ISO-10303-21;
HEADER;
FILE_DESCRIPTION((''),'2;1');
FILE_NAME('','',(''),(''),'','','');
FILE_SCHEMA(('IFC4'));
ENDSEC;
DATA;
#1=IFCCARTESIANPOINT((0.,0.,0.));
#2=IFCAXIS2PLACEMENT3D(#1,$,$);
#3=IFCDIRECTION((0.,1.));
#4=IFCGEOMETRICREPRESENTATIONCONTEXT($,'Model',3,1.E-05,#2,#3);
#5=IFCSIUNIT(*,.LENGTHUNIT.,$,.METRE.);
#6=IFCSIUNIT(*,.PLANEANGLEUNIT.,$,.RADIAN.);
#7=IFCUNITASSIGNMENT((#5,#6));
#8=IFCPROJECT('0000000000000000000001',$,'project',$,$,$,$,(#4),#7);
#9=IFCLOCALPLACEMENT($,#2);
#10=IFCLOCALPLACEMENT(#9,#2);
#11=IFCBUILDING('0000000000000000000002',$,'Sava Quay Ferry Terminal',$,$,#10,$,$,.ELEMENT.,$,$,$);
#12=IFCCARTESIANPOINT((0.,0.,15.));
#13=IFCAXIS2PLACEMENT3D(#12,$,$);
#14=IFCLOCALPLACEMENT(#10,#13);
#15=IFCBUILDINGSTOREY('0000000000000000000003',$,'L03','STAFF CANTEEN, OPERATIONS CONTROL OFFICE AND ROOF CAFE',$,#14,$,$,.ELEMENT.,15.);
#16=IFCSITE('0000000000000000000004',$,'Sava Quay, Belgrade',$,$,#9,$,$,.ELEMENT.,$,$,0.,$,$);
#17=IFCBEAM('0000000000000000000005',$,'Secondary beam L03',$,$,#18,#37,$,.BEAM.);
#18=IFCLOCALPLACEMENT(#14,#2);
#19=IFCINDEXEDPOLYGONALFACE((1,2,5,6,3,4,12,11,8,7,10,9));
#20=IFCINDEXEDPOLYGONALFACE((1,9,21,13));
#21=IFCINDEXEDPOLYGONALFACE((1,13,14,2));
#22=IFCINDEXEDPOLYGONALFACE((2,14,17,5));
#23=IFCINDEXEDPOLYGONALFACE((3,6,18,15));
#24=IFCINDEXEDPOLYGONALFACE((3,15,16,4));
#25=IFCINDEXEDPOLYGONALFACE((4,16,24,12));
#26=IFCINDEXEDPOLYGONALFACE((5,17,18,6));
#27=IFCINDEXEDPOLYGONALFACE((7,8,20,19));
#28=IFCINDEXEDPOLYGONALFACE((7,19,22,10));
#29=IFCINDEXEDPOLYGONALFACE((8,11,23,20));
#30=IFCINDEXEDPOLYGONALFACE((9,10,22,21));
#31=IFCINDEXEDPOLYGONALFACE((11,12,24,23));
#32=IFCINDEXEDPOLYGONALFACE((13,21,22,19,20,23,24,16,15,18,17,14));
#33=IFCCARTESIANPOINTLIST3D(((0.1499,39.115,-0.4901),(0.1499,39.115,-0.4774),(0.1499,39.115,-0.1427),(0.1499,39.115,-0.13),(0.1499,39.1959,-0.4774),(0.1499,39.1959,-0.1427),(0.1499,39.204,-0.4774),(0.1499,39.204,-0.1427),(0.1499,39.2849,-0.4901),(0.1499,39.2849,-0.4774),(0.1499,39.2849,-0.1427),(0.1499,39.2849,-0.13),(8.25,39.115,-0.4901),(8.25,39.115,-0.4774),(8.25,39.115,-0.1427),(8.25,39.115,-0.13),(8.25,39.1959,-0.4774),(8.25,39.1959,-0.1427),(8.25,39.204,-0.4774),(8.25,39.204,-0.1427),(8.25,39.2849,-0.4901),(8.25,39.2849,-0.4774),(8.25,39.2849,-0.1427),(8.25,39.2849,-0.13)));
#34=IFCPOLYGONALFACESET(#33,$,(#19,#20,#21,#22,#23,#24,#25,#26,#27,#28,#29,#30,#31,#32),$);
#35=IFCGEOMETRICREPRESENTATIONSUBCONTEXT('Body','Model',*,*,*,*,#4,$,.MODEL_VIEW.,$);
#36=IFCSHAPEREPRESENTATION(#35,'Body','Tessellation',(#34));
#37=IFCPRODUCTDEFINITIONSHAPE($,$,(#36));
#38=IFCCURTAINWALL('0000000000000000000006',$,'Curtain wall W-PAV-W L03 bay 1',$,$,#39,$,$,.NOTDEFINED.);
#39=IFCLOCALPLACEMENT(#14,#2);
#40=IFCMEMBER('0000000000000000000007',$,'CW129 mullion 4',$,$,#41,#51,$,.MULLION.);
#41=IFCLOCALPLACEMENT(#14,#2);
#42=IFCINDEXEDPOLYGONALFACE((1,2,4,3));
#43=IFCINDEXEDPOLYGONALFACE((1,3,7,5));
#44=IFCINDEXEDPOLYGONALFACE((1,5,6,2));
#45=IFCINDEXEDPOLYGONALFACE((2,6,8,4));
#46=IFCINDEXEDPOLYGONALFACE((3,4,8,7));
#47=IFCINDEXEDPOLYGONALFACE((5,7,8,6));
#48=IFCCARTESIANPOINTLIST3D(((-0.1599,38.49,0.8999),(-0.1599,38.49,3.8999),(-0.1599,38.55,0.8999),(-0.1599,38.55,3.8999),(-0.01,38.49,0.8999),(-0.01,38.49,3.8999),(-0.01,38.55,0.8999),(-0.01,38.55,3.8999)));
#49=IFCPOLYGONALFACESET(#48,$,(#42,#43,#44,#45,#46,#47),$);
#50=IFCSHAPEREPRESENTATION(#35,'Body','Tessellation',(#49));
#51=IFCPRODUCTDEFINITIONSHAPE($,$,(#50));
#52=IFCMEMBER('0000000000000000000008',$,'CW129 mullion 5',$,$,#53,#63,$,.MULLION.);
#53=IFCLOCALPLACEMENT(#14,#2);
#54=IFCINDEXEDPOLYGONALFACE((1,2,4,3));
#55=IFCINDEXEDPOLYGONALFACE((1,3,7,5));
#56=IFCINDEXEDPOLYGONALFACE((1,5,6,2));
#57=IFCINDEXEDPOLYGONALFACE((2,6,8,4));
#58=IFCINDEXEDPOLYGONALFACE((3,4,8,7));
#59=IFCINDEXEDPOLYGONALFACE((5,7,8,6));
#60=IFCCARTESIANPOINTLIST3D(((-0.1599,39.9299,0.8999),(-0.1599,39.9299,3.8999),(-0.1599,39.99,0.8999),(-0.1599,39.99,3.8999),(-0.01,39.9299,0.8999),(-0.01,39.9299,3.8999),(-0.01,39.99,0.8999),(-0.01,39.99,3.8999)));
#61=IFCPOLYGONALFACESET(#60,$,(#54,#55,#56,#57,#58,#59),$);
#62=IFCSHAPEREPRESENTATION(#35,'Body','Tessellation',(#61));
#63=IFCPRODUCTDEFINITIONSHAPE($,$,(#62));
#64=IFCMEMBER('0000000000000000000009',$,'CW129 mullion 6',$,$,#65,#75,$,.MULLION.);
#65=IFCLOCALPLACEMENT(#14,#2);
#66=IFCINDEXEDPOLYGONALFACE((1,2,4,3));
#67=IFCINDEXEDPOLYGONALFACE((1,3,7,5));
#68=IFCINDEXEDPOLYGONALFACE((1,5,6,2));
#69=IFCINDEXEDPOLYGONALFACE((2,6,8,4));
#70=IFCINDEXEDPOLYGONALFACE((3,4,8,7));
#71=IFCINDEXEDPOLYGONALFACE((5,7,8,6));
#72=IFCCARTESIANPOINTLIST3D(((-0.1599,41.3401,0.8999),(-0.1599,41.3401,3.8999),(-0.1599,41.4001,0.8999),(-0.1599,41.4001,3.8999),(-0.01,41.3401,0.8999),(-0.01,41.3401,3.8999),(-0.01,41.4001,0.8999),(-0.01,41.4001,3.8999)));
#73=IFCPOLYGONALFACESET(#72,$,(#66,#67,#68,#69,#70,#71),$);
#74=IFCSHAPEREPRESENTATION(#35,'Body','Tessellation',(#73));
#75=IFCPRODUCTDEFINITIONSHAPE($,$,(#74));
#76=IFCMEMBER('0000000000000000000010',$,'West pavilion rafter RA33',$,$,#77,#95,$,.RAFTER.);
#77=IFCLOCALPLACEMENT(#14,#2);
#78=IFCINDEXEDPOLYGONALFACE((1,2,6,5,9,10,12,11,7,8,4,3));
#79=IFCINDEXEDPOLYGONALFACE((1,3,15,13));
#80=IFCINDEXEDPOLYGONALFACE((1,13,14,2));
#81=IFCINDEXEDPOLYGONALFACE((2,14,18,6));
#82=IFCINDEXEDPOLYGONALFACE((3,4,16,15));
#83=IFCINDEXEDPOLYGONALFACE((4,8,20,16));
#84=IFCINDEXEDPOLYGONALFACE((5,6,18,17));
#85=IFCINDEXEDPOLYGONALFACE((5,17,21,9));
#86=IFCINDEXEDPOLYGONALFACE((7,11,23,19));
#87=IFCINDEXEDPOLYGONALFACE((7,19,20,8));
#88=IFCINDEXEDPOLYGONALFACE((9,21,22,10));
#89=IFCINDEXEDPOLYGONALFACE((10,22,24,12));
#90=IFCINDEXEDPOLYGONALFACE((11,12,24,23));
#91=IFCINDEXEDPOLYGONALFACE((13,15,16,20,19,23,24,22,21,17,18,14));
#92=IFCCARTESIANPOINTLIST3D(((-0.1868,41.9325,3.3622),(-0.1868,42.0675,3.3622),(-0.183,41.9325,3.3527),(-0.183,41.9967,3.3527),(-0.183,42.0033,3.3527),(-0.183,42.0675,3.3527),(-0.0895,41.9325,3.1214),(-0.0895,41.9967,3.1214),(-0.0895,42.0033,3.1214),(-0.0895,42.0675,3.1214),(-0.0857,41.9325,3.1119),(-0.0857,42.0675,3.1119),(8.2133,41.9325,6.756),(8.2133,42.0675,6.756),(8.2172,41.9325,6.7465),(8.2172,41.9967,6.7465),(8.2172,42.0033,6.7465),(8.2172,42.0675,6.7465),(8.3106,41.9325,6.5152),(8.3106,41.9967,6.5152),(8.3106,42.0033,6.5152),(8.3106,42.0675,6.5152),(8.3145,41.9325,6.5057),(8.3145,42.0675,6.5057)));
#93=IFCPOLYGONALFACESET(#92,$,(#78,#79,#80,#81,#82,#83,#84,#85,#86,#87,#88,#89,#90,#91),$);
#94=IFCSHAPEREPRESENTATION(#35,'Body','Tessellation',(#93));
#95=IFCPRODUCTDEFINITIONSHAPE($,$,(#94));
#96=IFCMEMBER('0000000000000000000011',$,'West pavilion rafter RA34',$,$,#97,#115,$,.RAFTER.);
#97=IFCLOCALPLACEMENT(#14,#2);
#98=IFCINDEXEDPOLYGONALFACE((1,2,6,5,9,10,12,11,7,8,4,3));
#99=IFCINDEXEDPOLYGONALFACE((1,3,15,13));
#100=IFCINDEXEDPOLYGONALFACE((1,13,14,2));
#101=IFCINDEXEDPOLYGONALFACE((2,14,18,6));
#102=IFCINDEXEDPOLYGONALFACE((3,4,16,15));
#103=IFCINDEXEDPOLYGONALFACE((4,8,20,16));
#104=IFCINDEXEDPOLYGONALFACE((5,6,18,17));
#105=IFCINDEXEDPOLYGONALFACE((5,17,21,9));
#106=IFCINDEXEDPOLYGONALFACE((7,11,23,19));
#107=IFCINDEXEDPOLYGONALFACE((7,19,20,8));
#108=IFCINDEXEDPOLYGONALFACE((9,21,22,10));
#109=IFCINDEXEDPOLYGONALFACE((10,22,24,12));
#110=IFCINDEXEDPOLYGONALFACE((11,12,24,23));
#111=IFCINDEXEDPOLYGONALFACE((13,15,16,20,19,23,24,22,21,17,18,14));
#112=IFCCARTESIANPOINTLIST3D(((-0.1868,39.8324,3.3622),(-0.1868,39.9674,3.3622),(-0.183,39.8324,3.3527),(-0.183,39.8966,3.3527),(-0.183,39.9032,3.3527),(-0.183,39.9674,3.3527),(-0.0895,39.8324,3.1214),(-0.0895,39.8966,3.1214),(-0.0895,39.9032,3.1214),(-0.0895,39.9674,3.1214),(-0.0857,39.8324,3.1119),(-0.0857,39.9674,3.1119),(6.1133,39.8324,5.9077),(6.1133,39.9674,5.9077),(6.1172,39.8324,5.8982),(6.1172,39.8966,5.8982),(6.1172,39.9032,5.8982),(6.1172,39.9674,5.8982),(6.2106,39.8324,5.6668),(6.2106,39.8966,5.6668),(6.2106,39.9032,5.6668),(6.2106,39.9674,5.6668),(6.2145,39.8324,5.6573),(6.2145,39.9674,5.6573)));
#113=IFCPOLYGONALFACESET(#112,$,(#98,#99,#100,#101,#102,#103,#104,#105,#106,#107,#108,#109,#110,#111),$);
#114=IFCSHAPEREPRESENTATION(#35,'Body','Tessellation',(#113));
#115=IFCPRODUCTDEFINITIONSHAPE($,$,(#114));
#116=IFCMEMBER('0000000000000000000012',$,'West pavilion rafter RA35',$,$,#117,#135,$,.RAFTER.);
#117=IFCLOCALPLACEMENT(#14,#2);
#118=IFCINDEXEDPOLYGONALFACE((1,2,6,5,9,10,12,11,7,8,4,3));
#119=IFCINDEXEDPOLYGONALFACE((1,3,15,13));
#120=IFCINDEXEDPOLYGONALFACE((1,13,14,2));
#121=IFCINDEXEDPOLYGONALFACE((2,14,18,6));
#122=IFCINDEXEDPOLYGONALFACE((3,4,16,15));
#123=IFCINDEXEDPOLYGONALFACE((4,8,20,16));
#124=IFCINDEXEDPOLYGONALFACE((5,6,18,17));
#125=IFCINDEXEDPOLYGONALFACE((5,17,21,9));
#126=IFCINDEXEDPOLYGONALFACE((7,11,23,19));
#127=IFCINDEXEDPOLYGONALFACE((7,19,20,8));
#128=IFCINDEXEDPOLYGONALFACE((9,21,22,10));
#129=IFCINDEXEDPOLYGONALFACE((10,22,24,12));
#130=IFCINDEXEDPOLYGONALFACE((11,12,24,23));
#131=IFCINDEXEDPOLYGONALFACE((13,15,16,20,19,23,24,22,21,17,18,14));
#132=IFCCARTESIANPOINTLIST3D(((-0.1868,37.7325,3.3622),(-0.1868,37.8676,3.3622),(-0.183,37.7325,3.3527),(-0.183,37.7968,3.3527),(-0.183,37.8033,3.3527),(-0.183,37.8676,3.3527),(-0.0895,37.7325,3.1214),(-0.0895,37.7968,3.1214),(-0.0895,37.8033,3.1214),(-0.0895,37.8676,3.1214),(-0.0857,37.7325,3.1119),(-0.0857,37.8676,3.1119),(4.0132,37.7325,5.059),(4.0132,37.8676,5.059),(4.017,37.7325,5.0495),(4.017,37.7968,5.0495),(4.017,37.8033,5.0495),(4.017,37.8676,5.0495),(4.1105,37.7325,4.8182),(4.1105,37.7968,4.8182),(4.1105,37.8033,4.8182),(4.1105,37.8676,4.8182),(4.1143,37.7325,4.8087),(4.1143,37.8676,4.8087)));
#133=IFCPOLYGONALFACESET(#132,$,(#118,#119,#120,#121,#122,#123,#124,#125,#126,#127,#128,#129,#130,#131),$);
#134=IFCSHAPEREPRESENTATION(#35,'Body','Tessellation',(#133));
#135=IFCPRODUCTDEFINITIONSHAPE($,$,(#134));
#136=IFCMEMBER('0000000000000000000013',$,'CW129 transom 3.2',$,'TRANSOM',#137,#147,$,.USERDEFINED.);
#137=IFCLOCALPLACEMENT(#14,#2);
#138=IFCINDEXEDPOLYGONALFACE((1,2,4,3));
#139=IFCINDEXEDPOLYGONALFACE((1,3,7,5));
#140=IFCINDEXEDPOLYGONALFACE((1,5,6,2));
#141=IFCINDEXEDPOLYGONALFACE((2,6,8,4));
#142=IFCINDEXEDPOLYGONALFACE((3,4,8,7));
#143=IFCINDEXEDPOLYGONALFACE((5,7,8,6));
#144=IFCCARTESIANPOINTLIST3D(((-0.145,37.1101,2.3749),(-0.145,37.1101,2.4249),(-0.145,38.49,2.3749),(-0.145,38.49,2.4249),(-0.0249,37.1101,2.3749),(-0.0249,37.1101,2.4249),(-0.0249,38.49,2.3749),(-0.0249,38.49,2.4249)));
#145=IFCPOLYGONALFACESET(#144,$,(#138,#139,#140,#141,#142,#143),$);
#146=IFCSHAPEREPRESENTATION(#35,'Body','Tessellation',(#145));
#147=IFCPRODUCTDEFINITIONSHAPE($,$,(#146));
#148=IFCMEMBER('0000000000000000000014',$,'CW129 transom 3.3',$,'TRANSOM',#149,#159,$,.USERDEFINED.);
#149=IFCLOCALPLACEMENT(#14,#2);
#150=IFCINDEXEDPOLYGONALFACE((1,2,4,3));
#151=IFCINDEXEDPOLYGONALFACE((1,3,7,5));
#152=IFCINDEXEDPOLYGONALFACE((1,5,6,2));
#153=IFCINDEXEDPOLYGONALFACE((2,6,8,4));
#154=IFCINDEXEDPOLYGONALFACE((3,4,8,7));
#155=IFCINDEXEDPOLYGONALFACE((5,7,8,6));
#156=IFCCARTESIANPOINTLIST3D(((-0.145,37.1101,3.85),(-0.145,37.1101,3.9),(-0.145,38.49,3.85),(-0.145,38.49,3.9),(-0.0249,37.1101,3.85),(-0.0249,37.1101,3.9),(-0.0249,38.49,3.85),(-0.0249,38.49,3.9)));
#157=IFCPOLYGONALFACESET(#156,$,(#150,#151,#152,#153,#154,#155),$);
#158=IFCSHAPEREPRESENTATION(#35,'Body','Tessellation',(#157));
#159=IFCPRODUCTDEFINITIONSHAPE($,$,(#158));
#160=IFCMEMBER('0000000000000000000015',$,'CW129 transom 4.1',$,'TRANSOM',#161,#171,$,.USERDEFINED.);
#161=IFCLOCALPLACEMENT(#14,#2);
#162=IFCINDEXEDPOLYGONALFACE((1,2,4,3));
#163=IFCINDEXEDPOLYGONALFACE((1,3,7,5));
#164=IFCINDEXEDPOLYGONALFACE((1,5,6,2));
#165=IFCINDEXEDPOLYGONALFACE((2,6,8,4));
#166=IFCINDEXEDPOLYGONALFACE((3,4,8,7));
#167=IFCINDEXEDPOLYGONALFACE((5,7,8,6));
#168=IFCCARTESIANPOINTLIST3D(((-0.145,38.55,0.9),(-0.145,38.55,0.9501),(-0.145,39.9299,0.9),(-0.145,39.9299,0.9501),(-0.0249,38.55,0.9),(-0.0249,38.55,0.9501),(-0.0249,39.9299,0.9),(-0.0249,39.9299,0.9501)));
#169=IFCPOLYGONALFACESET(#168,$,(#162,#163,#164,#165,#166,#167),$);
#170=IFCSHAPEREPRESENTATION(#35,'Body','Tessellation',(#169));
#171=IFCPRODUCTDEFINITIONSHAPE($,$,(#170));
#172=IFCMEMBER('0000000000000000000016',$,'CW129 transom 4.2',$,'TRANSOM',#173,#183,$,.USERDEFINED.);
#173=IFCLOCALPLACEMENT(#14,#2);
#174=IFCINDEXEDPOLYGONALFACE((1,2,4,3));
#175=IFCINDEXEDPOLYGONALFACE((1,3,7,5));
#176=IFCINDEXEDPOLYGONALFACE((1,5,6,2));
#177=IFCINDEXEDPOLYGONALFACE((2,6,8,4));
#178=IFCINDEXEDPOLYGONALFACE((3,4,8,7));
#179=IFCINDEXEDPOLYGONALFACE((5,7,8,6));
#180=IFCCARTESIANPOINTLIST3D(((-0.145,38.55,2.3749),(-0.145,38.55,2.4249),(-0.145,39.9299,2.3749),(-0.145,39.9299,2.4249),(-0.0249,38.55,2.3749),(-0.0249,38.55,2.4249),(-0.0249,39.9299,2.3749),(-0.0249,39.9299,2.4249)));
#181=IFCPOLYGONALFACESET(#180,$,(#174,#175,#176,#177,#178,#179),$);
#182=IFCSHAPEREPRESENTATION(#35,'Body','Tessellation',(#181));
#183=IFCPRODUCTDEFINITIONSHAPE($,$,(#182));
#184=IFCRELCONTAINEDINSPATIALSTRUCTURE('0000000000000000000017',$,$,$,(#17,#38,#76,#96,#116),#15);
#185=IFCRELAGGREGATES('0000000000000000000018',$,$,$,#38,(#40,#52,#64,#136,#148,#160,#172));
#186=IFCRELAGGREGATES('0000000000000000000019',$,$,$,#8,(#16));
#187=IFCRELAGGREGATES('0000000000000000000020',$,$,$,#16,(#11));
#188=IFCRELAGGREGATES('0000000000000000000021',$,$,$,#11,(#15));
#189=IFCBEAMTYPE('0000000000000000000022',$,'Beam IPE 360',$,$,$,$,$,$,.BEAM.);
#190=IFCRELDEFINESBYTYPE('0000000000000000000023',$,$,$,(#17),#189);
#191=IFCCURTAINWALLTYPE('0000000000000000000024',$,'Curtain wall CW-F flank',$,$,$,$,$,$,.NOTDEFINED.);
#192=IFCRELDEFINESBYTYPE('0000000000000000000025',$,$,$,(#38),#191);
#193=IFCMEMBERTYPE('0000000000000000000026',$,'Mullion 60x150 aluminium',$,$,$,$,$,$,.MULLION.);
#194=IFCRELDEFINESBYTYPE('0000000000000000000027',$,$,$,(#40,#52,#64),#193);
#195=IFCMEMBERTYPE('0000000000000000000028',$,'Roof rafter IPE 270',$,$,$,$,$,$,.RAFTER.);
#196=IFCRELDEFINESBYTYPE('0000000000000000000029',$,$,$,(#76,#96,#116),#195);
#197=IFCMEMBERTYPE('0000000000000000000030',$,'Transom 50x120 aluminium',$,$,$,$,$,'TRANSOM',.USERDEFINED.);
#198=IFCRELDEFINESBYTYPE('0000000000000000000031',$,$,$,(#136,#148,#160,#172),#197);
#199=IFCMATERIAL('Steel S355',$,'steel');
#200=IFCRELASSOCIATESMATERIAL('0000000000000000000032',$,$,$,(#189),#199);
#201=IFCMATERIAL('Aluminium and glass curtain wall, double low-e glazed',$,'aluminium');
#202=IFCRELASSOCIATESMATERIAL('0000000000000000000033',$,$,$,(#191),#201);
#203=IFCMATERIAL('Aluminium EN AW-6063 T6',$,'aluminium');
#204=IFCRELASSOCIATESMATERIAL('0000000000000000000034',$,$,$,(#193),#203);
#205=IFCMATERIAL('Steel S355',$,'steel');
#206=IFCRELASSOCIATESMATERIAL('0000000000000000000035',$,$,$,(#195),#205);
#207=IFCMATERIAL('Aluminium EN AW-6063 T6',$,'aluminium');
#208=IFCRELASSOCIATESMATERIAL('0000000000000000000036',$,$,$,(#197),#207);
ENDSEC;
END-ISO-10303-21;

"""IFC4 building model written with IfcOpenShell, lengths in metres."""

from ifc_helpers import new_model, si_unit, direction, frame, origin, origin_2d, place, context, subcontext, project, spatial, rectangle, i_section, extrude, material, material_profile, profile_set, type_object, element, aggregate, save


model = new_model("IFC4")

# Units and contexts
model_context = context("Model", 3, precision=1e-05, world=origin(), true_north=direction((0.0, 1.0)))
body_context = subcontext(model_context, "Body", "Model", "MODEL_VIEW")
ifc_project = project(units=[si_unit("LENGTHUNIT", "METRE"), si_unit("PLANEANGLEUNIT", "RADIAN")], contexts=[model_context])

# Site, building, storey
site_placement = place(None, origin())
site = spatial("IfcSite", under=ifc_project, at=site_placement, Name="Sava Quay, Belgrade", CompositionType="ELEMENT", RefElevation=0.0)
building_placement = place(site_placement, origin())
building = spatial("IfcBuilding", under=site, at=building_placement, Name="Sava Quay Ferry Terminal", CompositionType="ELEMENT")
storey_placement = place(building_placement, frame((0.0, 0.0, 15.0)))
storey = spatial("IfcBuildingStorey", under=building, at=storey_placement, Name="L03", Description="STAFF CANTEEN, OPERATIONS CONTROL OFFICE AND ROOF CAFE", CompositionType="ELEMENT", Elevation=15.0)

# Beam
ifc_material_1 = material(Name="Steel S355", Category="steel")
ifc_material_profile_1 = material_profile(ifc_material_1, i_section(OverallWidth=0.1699, OverallDepth=0.3601, WebThickness=0.0081, FlangeThickness=0.0127, at=origin_2d()), Name="IPE 360")
ifc_profile_set_1 = profile_set([ifc_material_profile_1], Name="Steel S355")
beam_type = type_object("IfcBeamType", Name="Beam IPE 360", PredefinedType="BEAM", material=ifc_profile_set_1)
beam_placement = place(storey_placement, frame((0.1499, 39.2, -0.3101), z_axis=(1.0, 0.0, 0.0), x_axis=(0.0, 1.0, 0.0)))
element("IfcBeam", 1, at=beam_placement, inside=storey, type_object=beam_type, Name="Secondary beam L03", PredefinedType="BEAM", context=body_context, shape_type="SweptSolid", body=[
    extrude(i_section(OverallWidth=0.1699, OverallDepth=0.3601, WebThickness=0.0081, FlangeThickness=0.0127, at=origin_2d()), origin(), (0.0, 0.0, 1.0), 8.1001),
])

# Curtain wall, members
ifc_material_2 = material(Name="Aluminium and glass curtain wall, double low-e glazed", Category="aluminium")
curtain_wall_type = type_object("IfcCurtainWallType", Name="Curtain wall CW-F flank", PredefinedType="NOTDEFINED", material=ifc_material_2)
curtain_wall_placement = place(storey_placement, origin())
curtain_wall = element("IfcCurtainWall", 2, at=curtain_wall_placement, inside=storey, type_object=curtain_wall_type, Name="Curtain wall W-PAV-W L03 bay 1", PredefinedType="NOTDEFINED")
ifc_material_3 = material(Name="Aluminium EN AW-6063 T6", Category="aluminium")
ifc_material_profile_2 = material_profile(ifc_material_3, rectangle(XDim=0.1499, YDim=0.0601, at=origin_2d()), Name="Mullion 60x150 aluminium")
ifc_profile_set_2 = profile_set([ifc_material_profile_2], Name="Aluminium EN AW-6063 T6")
member_type_1 = type_object("IfcMemberType", Name="Mullion 60x150 aluminium", PredefinedType="MULLION", material=ifc_profile_set_2)
member_1_placement = place(storey_placement, frame((-0.085, 38.52, 0.8999), z_axis=(0.0, 0.0, 1.0), x_axis=(-1.0, 0.0, 0.0)))
member_1 = element("IfcMember", 3, at=member_1_placement, type_object=member_type_1, Name="CW129 mullion 4", PredefinedType="MULLION", context=body_context, shape_type="SweptSolid", body=[
    extrude(rectangle(XDim=0.1499, YDim=0.0601, at=origin_2d()), origin(), (0.0, 0.0, 1.0), 3.0),
])
member_2_placement = place(storey_placement, frame((-0.085, 39.96, 0.8999), z_axis=(0.0, 0.0, 1.0), x_axis=(-1.0, 0.0, 0.0)))
member_2 = element("IfcMember", 4, at=member_2_placement, type_object=member_type_1, Name="CW129 mullion 5", PredefinedType="MULLION", context=body_context, shape_type="SweptSolid", body=[
    extrude(rectangle(XDim=0.1499, YDim=0.0601, at=origin_2d()), origin(), (0.0, 0.0, 1.0), 3.0),
])
member_3_placement = place(storey_placement, frame((-0.085, 41.3701, 0.8999), z_axis=(0.0, 0.0, 1.0), x_axis=(-1.0, 0.0, 0.0)))
member_3 = element("IfcMember", 5, at=member_3_placement, type_object=member_type_1, Name="CW129 mullion 6", PredefinedType="MULLION", context=body_context, shape_type="SweptSolid", body=[
    extrude(rectangle(XDim=0.1499, YDim=0.0601, at=origin_2d()), origin(), (0.0, 0.0, 1.0), 3.0),
])

# Members
ifc_material_4 = material(Name="Steel S355", Category="steel")
ifc_material_profile_3 = material_profile(ifc_material_4, i_section(OverallWidth=0.135, OverallDepth=0.27, WebThickness=0.0066, FlangeThickness=0.0103, at=origin_2d()), Name="IPE 270")
ifc_profile_set_3 = profile_set([ifc_material_profile_3], Name="Steel S355")
member_type_2 = type_object("IfcMemberType", Name="Roof rafter IPE 270", PredefinedType="RAFTER", material=ifc_profile_set_3)
member_4_placement = place(storey_placement, frame((-0.1362, 42.0, 3.2371), z_axis=(0.927187, 0.0, 0.374599), x_axis=(0.0, 1.0, 0.0)))
element("IfcMember", 6, at=member_4_placement, inside=storey, type_object=member_type_2, Name="West pavilion rafter RA33", PredefinedType="RAFTER", context=body_context, shape_type="SweptSolid", body=[
    extrude(i_section(OverallWidth=0.135, OverallDepth=0.27, WebThickness=0.0066, FlangeThickness=0.0103, at=origin_2d()), origin(), (0.0, 0.0, 1.0), 9.0598),
])
member_5_placement = place(storey_placement, frame((-0.1362, 39.8999, 3.2371), z_axis=(0.927183, 0.0, 0.37461), x_axis=(0.0, 1.0, 0.0)))
element("IfcMember", 7, at=member_5_placement, inside=storey, type_object=member_type_2, Name="West pavilion rafter RA34", PredefinedType="RAFTER", context=body_context, shape_type="SweptSolid", body=[
    extrude(i_section(OverallWidth=0.135, OverallDepth=0.27, WebThickness=0.0066, FlangeThickness=0.0103, at=origin_2d()), origin(), (0.0, 0.0, 1.0), 6.7949),
])
member_6_placement = place(storey_placement, frame((-0.1362, 37.8, 3.2371), z_axis=(0.927193, 0.0, 0.374585), x_axis=(0.0, 1.0, 0.0)))
element("IfcMember", 8, at=member_6_placement, inside=storey, type_object=member_type_2, Name="West pavilion rafter RA35", PredefinedType="RAFTER", context=body_context, shape_type="SweptSolid", body=[
    extrude(i_section(OverallWidth=0.135, OverallDepth=0.27, WebThickness=0.0066, FlangeThickness=0.0103, at=origin_2d()), origin(), (0.0, 0.0, 1.0), 4.5298),
])

# Members
ifc_material_5 = material(Name="Aluminium EN AW-6063 T6", Category="aluminium")
ifc_material_profile_4 = material_profile(ifc_material_5, rectangle(XDim=0.1201, YDim=0.05, at=origin_2d()), Name="Transom 50x120 aluminium")
ifc_profile_set_4 = profile_set([ifc_material_profile_4], Name="Aluminium EN AW-6063 T6")
member_type_3 = type_object("IfcMemberType", Name="Transom 50x120 aluminium", ElementType="TRANSOM", PredefinedType="USERDEFINED", material=ifc_profile_set_4)
member_7_placement = place(storey_placement, frame((-0.085, 37.1101, 2.3999), z_axis=(0.0, 1.0, 0.0), x_axis=(-1.0, 0.0, 0.0)))
member_7 = element("IfcMember", 9, at=member_7_placement, type_object=member_type_3, Name="CW129 transom 3.2", ObjectType="TRANSOM", PredefinedType="USERDEFINED", context=body_context, shape_type="SweptSolid", body=[
    extrude(rectangle(XDim=0.1201, YDim=0.05, at=origin_2d()), origin(), (0.0, 0.0, 1.0), 1.3799),
])
member_8_placement = place(storey_placement, frame((-0.085, 37.1101, 3.875), z_axis=(0.0, 1.0, 0.0), x_axis=(-1.0, 0.0, 0.0)))
member_8 = element("IfcMember", 10, at=member_8_placement, type_object=member_type_3, Name="CW129 transom 3.3", ObjectType="TRANSOM", PredefinedType="USERDEFINED", context=body_context, shape_type="SweptSolid", body=[
    extrude(rectangle(XDim=0.1201, YDim=0.05, at=origin_2d()), origin(), (0.0, 0.0, 1.0), 1.3799),
])
member_9_placement = place(storey_placement, frame((-0.085, 38.55, 0.925), z_axis=(0.0, 1.0, 0.0), x_axis=(-1.0, 0.0, 0.0)))
member_9 = element("IfcMember", 11, at=member_9_placement, type_object=member_type_3, Name="CW129 transom 4.1", ObjectType="TRANSOM", PredefinedType="USERDEFINED", context=body_context, shape_type="SweptSolid", body=[
    extrude(rectangle(XDim=0.1201, YDim=0.05, at=origin_2d()), origin(), (0.0, 0.0, 1.0), 1.3799),
])
member_10_placement = place(storey_placement, frame((-0.085, 38.55, 2.3999), z_axis=(0.0, 1.0, 0.0), x_axis=(-1.0, 0.0, 0.0)))
member_10 = element("IfcMember", 12, at=member_10_placement, type_object=member_type_3, Name="CW129 transom 4.2", ObjectType="TRANSOM", PredefinedType="USERDEFINED", context=body_context, shape_type="SweptSolid", body=[
    extrude(rectangle(XDim=0.1201, YDim=0.05, at=origin_2d()), origin(), (0.0, 0.0, 1.0), 1.3799),
])

aggregate(curtain_wall, [member_1, member_2, member_3, member_7, member_8, member_9, member_10])

save(model, "model.ifc")
